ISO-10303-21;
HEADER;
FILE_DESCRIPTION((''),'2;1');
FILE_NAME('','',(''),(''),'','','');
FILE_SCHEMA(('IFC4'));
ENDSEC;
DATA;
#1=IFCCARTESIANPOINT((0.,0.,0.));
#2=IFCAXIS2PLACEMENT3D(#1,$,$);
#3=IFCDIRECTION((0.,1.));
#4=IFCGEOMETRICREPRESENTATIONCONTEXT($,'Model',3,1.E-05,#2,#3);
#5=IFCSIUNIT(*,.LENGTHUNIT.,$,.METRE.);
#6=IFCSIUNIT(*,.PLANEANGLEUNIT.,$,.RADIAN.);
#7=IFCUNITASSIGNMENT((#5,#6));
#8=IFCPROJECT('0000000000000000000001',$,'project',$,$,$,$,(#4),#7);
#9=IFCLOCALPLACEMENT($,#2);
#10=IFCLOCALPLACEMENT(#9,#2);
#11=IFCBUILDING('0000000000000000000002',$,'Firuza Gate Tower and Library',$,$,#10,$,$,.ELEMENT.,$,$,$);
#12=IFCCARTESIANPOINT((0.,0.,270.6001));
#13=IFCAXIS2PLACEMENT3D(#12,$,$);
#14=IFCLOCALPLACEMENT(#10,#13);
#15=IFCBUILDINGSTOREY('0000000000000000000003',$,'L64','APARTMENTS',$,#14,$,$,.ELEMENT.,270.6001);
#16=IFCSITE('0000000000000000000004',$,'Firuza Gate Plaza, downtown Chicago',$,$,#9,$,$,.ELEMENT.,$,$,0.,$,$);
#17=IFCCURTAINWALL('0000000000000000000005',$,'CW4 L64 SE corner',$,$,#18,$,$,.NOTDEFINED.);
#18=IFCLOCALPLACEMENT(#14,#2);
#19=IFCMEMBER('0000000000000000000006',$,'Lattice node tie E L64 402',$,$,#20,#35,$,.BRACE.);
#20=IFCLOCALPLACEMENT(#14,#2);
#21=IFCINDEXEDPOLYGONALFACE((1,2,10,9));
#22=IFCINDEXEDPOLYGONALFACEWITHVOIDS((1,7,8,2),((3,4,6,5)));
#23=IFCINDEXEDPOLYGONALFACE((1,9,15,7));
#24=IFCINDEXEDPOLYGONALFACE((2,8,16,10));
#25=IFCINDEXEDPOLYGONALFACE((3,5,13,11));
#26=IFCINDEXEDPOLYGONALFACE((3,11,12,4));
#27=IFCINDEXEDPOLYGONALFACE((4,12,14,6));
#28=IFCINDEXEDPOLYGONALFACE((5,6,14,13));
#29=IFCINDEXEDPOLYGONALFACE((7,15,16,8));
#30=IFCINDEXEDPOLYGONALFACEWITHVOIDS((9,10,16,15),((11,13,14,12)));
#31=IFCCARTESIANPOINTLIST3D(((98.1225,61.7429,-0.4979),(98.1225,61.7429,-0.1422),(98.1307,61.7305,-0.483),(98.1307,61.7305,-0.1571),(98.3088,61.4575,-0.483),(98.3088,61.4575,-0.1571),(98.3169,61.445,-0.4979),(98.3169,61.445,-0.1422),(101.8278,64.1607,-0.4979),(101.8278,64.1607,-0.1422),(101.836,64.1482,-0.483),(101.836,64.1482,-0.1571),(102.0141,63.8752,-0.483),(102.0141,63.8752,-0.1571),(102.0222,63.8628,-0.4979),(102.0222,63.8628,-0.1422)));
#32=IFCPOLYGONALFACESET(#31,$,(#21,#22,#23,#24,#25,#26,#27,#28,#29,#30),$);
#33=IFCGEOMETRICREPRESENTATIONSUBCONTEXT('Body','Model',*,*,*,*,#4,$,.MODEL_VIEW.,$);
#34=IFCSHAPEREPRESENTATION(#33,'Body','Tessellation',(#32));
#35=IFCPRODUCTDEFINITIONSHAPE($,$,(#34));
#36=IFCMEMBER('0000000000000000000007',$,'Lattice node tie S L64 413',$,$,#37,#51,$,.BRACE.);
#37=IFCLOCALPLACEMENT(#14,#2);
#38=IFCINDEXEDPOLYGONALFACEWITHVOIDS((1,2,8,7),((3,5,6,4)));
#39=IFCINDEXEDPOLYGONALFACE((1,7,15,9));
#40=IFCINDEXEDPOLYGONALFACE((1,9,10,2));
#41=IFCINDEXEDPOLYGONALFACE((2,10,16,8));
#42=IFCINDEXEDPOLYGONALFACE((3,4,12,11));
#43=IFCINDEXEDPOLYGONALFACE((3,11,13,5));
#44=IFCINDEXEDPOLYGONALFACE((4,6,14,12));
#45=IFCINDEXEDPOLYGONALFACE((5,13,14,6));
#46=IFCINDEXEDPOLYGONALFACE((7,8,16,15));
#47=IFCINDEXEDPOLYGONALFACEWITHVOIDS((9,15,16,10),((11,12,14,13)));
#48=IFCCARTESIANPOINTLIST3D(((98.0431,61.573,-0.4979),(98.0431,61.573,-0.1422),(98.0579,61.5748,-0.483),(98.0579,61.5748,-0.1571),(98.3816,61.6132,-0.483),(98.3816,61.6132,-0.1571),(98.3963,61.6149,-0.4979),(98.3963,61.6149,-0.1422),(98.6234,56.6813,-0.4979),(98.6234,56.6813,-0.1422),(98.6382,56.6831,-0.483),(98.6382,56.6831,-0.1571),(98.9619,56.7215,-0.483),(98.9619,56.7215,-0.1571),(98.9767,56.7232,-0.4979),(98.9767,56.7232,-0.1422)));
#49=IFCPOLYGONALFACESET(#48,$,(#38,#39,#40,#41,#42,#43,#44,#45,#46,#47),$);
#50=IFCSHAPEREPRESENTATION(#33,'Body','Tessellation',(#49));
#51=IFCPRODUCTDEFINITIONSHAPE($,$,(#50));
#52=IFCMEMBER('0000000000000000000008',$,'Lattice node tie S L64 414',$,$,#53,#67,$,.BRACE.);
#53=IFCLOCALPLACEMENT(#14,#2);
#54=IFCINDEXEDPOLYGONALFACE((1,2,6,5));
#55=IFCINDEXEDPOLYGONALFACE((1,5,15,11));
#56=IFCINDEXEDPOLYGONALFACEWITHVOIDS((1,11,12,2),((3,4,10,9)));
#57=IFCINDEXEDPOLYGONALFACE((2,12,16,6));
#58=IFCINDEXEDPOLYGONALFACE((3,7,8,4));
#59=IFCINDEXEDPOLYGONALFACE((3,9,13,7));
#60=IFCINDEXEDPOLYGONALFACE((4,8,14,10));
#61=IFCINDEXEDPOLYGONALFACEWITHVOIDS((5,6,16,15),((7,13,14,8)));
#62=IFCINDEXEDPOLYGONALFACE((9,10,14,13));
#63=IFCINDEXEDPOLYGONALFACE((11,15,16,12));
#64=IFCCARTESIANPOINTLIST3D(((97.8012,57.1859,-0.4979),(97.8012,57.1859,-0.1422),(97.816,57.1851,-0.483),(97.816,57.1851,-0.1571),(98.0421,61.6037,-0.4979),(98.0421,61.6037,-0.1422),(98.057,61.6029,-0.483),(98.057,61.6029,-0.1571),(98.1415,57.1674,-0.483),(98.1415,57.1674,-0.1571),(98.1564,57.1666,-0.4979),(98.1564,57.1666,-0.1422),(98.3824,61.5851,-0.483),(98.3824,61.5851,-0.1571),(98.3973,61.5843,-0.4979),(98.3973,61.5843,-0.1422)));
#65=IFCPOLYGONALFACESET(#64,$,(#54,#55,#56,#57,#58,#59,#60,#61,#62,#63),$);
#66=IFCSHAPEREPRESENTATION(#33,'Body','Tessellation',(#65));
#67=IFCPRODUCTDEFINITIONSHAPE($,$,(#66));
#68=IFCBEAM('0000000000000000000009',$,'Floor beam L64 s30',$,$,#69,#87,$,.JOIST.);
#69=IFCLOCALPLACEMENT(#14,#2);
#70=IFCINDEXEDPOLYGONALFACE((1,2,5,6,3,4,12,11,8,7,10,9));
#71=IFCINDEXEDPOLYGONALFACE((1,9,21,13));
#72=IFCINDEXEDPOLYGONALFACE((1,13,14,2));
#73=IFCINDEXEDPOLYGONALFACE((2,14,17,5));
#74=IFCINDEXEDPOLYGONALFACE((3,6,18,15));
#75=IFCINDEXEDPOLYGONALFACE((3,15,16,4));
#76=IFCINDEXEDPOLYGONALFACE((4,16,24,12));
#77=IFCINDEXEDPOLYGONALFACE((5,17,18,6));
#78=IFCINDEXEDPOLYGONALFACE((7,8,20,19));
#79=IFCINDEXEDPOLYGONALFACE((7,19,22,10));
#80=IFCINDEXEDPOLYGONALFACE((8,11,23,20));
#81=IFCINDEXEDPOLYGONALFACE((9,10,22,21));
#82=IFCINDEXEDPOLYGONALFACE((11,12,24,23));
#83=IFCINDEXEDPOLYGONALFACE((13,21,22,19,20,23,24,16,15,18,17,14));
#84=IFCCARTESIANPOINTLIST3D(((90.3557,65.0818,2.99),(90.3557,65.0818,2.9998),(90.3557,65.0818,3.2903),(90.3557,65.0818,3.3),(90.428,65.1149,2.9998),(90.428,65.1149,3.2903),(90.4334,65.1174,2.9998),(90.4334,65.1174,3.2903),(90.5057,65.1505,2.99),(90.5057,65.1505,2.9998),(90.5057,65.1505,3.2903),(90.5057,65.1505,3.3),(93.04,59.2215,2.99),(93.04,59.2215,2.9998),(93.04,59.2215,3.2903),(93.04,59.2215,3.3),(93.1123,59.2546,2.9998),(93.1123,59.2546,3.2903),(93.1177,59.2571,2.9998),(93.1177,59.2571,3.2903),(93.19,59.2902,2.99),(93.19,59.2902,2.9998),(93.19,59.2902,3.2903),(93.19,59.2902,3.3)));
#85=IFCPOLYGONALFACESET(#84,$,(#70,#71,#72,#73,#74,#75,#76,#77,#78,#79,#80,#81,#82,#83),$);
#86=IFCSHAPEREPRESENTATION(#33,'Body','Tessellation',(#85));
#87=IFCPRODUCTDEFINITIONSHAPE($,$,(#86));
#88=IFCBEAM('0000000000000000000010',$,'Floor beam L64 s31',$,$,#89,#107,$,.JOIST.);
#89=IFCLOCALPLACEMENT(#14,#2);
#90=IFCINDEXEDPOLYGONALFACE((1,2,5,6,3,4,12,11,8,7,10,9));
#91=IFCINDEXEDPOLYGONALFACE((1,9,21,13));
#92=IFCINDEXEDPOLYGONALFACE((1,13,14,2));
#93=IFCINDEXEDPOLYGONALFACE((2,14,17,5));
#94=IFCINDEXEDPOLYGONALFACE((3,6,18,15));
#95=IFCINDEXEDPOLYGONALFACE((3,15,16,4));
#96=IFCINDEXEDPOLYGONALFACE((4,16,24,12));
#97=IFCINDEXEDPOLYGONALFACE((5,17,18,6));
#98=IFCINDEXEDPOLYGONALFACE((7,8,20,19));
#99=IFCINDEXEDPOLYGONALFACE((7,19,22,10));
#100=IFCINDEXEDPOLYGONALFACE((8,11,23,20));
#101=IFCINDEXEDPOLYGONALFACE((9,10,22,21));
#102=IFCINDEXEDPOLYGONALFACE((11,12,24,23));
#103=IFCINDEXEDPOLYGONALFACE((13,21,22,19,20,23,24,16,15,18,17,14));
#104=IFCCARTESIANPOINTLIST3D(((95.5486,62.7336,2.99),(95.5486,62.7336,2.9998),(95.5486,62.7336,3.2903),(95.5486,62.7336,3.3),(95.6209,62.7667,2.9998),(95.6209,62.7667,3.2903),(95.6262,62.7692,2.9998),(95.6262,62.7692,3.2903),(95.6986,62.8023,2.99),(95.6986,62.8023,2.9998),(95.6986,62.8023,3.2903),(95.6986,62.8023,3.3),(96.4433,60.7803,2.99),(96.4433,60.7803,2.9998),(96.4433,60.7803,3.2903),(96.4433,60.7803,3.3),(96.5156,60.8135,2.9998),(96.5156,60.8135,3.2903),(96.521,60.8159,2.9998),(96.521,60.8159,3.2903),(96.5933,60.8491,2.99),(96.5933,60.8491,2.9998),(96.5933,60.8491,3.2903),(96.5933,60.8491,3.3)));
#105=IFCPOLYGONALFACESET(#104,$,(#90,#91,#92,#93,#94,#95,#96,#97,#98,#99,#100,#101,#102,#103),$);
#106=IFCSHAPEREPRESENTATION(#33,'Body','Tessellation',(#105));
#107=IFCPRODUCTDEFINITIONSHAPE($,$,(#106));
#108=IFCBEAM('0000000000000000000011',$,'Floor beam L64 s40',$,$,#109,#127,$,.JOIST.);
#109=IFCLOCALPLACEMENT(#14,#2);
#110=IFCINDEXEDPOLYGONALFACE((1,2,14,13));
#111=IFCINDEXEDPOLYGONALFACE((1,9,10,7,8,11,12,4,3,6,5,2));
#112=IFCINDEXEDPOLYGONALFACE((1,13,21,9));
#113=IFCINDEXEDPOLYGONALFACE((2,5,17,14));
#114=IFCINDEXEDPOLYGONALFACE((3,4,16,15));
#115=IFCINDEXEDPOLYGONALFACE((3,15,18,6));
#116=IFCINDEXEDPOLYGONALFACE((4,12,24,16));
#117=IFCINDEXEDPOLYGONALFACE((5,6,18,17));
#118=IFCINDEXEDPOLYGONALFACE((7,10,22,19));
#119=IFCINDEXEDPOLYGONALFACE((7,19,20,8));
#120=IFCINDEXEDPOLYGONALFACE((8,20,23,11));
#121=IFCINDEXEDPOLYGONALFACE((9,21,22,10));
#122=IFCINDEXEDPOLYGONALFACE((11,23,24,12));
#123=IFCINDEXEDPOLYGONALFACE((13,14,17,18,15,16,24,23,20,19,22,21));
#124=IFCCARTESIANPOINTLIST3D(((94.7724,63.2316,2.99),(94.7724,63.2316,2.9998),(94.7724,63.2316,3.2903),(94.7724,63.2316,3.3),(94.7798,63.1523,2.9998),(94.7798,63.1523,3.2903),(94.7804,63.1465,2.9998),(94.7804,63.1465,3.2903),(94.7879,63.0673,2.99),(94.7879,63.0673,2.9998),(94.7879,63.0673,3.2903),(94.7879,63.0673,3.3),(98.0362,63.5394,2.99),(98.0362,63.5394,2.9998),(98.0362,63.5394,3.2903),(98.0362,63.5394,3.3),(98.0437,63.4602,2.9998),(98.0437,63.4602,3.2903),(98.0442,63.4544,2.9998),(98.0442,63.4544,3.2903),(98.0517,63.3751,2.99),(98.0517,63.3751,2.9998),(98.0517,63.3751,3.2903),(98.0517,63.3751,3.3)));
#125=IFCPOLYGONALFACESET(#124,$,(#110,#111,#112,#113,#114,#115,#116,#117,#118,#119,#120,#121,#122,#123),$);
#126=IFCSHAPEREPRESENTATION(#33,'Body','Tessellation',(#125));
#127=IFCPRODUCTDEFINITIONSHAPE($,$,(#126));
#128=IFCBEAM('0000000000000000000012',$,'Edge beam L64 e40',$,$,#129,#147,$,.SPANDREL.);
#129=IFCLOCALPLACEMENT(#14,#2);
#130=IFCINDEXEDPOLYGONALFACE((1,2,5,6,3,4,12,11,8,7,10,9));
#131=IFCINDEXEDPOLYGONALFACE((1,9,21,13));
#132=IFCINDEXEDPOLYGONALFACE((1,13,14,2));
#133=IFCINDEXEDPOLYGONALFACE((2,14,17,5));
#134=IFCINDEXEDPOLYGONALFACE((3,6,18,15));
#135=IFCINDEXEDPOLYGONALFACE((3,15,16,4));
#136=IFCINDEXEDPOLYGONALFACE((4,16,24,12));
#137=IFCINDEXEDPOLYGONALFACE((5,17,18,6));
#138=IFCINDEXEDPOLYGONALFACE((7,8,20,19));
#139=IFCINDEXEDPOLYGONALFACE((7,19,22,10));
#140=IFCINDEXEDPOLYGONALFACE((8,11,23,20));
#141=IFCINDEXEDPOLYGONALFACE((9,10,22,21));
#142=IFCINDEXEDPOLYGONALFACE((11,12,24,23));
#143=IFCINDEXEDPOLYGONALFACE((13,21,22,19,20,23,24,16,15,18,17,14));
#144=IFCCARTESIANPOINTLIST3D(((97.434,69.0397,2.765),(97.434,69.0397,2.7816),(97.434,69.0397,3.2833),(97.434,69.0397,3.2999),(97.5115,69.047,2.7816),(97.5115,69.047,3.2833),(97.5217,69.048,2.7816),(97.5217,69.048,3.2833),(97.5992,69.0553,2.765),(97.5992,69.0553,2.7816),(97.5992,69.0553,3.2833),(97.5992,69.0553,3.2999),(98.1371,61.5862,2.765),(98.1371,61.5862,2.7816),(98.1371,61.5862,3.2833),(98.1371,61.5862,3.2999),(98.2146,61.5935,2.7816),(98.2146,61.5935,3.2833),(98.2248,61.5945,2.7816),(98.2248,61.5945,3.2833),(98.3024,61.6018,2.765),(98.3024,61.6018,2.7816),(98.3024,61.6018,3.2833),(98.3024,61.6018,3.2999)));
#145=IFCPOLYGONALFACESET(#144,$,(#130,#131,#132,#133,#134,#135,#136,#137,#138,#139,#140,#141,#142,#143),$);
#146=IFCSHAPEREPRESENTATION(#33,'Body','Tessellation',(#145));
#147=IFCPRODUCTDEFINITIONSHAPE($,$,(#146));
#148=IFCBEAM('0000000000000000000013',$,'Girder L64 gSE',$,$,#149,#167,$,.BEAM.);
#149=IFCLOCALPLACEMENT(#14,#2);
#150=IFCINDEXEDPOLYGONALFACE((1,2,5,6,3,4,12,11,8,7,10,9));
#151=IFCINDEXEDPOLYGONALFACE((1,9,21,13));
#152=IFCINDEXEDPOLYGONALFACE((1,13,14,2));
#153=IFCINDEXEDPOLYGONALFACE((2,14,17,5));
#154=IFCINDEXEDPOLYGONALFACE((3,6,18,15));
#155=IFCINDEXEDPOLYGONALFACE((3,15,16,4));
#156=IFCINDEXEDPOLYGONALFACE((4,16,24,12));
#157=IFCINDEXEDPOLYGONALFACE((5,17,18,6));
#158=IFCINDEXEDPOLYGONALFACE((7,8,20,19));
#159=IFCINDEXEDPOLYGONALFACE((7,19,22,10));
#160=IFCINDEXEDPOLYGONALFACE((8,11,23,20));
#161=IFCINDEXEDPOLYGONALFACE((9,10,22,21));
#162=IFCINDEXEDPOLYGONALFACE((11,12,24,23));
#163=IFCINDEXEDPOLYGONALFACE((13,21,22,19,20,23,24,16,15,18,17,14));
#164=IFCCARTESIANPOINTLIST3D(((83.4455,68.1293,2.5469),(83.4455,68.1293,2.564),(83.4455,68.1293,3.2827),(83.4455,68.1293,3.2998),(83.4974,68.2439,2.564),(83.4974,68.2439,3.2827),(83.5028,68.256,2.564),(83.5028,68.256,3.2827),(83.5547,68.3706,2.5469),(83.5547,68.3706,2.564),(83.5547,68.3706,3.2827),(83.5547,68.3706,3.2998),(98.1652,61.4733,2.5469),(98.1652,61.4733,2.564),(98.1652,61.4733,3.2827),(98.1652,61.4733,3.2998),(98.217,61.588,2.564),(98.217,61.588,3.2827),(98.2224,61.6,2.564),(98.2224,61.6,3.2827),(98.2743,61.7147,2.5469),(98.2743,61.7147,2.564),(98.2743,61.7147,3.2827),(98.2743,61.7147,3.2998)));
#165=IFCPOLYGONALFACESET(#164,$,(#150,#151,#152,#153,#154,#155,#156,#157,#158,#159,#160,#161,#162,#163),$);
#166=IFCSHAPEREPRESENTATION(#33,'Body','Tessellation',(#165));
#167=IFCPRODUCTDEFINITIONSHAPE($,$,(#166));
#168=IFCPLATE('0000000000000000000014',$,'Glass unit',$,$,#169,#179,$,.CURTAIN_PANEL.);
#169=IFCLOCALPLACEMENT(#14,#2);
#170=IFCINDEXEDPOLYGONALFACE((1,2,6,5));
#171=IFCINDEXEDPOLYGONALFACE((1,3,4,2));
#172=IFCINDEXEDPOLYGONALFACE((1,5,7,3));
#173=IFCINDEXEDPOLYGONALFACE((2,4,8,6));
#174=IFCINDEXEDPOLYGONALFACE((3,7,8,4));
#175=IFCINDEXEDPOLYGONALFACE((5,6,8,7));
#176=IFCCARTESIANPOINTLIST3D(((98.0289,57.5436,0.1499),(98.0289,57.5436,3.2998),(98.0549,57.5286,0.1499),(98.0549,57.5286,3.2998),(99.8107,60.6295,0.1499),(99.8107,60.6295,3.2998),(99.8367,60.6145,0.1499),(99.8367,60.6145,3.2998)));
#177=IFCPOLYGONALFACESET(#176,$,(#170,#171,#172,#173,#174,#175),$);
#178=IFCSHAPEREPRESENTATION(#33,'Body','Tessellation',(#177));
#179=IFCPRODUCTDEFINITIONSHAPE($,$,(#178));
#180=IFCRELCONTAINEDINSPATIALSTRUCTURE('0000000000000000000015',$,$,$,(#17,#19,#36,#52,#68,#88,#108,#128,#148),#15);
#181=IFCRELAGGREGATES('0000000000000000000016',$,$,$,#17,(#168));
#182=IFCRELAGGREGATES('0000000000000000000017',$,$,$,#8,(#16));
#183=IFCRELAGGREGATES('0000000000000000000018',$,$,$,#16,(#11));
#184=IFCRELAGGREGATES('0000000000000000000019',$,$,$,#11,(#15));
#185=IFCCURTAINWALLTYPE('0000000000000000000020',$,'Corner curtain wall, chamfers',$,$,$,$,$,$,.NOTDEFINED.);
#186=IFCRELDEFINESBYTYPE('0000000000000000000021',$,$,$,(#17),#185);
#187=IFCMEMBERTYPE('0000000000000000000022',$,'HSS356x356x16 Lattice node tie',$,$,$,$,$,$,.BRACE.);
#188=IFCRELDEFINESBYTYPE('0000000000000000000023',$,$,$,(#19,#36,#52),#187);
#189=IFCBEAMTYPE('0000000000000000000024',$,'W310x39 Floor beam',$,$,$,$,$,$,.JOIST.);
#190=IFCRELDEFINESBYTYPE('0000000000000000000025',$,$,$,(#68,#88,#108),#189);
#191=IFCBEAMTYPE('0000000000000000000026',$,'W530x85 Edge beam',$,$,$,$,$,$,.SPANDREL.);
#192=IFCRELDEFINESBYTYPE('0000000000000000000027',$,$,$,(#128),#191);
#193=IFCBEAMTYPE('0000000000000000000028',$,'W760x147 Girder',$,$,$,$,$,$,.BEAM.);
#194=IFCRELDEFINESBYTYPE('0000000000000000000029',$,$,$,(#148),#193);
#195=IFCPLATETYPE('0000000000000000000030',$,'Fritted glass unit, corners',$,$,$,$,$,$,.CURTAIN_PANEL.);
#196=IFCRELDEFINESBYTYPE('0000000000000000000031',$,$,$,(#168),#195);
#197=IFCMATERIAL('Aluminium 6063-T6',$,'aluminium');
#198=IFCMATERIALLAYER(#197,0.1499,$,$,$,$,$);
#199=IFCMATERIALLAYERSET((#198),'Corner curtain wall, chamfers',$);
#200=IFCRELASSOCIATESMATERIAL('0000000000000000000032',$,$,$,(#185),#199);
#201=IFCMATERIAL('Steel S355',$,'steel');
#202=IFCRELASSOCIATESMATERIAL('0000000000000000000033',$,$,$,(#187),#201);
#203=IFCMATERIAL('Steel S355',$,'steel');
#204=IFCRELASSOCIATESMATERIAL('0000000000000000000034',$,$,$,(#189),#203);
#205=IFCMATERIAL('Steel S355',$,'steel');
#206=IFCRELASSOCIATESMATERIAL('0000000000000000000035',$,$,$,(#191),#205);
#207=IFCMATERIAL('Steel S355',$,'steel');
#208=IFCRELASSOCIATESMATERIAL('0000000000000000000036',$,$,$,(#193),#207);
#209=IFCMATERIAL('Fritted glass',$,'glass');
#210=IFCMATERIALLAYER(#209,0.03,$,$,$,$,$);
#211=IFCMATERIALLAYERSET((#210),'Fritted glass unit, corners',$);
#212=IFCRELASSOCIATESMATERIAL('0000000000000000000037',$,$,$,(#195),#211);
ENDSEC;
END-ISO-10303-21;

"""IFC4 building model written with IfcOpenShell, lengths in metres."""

from ifc_helpers import new_model, si_unit, direction, frame, origin, origin_2d, place, context, subcontext, project, spatial, polyline, hollow_rectangle, i_section, outline, extrude, material, layer, layer_set, material_profile, profile_set, type_object, element, aggregate, save


model = new_model("IFC4")

# Units and contexts
model_context = context("Model", 3, precision=1e-05, world=origin(), true_north=direction((0.0, 1.0)))
body_context = subcontext(model_context, "Body", "Model", "MODEL_VIEW")
ifc_project = project(units=[si_unit("LENGTHUNIT", "METRE"), si_unit("PLANEANGLEUNIT", "RADIAN")], contexts=[model_context])

# Site, building, storey
site_placement = place(None, origin())
site = spatial("IfcSite", under=ifc_project, at=site_placement, Name="Firuza Gate Plaza, downtown Chicago", CompositionType="ELEMENT", RefElevation=0.0)
building_placement = place(site_placement, origin())
building = spatial("IfcBuilding", under=site, at=building_placement, Name="Firuza Gate Tower and Library", CompositionType="ELEMENT")
storey_placement = place(building_placement, frame((0.0, 0.0, 270.6001)))
storey = spatial("IfcBuildingStorey", under=building, at=storey_placement, Name="L64", Description="APARTMENTS", CompositionType="ELEMENT", Elevation=270.6001)

# Curtain wall
placement = place(storey_placement, origin())
ifc_material_1 = material(Name="Aluminium 6063-T6", Category="aluminium")
ifc_layer_1 = layer(ifc_material_1, 0.1499)
ifc_layer_set_1 = layer_set([ifc_layer_1], Name="Corner curtain wall, chamfers")
curtain_wall_type_1 = type_object("IfcCurtainWallType", Name="Corner curtain wall, chamfers", PredefinedType="NOTDEFINED", material=ifc_layer_set_1)
curtain_wall_1 = element("IfcCurtainWall", 1, at=placement, inside=storey, type_object=curtain_wall_type_1, Name="CW4 L64 SE corner", PredefinedType="NOTDEFINED")

# Members
ifc_material_2 = material(Name="Steel S355", Category="steel")
ifc_material_profile_1 = material_profile(ifc_material_2, hollow_rectangle(XDim=0.3557, YDim=0.3557, WallThickness=0.0149, at=origin_2d()))
ifc_profile_set_1 = profile_set([ifc_material_profile_1], Name="Steel S355")
member_type_1 = type_object("IfcMemberType", Name="HSS356x356x16 Lattice node tie", PredefinedType="BRACE", material=ifc_profile_set_1)
member_1_placement = place(storey_placement, frame((98.2197, 61.594, -0.3201), z_axis=(0.837485, 0.54646, 0.0), x_axis=(-0.54646, 0.837485, 0.0)))
element("IfcMember", 2, at=member_1_placement, inside=storey, type_object=member_type_1, Name="Lattice node tie E L64 402", PredefinedType="BRACE", context=body_context, shape_type="SweptSolid", body=[
    extrude(hollow_rectangle(XDim=0.3557, YDim=0.3557, WallThickness=0.0149, at=origin_2d()), origin(), (0.0, 0.0, 1.0), 4.4243),
])
member_2_placement = place(storey_placement, frame((98.2197, 61.594, -0.3201), z_axis=(0.117804, -0.993037, 0.0), x_axis=(0.993037, 0.117804, 0.0)))
element("IfcMember", 3, at=member_2_placement, inside=storey, type_object=member_type_1, Name="Lattice node tie S L64 413", PredefinedType="BRACE", context=body_context, shape_type="SweptSolid", body=[
    extrude(hollow_rectangle(XDim=0.3557, YDim=0.3557, WallThickness=0.0149, at=origin_2d()), origin(), (0.0, 0.0, 1.0), 4.926),
])
member_3_placement = place(storey_placement, frame((98.2197, 61.594, -0.3201), z_axis=(-0.054464, -0.998516, 0.0), x_axis=(0.998516, -0.054464, 0.0)))
element("IfcMember", 4, at=member_3_placement, inside=storey, type_object=member_type_1, Name="Lattice node tie S L64 414", PredefinedType="BRACE", context=body_context, shape_type="SweptSolid", body=[
    extrude(hollow_rectangle(XDim=0.3557, YDim=0.3557, WallThickness=0.0149, at=origin_2d()), origin(), (0.0, 0.0, 1.0), 4.4243),
])

# Beams
ifc_material_3 = material(Name="Steel S355", Category="steel")
ifc_material_profile_2 = material_profile(ifc_material_3, i_section(OverallWidth=0.165, OverallDepth=0.3101, WebThickness=0.0059, FlangeThickness=0.0098, at=origin_2d()))
ifc_profile_set_2 = profile_set([ifc_material_profile_2], Name="Steel S355")
beam_type_1 = type_object("IfcBeamType", Name="W310x39 Floor beam", PredefinedType="JOIST", material=ifc_profile_set_2)
beam_1_placement = place(storey_placement, frame((93.115, 59.2559, 3.145), z_axis=(-0.416441, 0.909163, 0.0), x_axis=(-0.909163, -0.416441, 0.0)))
element("IfcBeam", 5, at=beam_1_placement, inside=storey, type_object=beam_type_1, Name="Floor beam L64 s30", PredefinedType="JOIST", context=body_context, shape_type="SweptSolid", body=[
    extrude(i_section(OverallWidth=0.165, OverallDepth=0.3101, WebThickness=0.0059, FlangeThickness=0.0098, at=origin_2d()), origin(), (0.0, 0.0, 1.0), 6.4458),
])
beam_2_placement = place(storey_placement, frame((96.5183, 60.8147, 3.145), z_axis=(-0.416455, 0.909156, 0.0), x_axis=(-0.909156, -0.416455, 0.0)))
element("IfcBeam", 6, at=beam_2_placement, inside=storey, type_object=beam_type_1, Name="Floor beam L64 s31", PredefinedType="JOIST", context=body_context, shape_type="SweptSolid", body=[
    extrude(i_section(OverallWidth=0.165, OverallDepth=0.3101, WebThickness=0.0059, FlangeThickness=0.0098, at=origin_2d()), origin(), (0.0, 0.0, 1.0), 2.1484),
])
beam_3_placement = place(storey_placement, frame((98.0439, 63.4573, 3.145), z_axis=(-0.995581, -0.093906, 0.0), x_axis=(0.093906, -0.995581, 0.0)))
element("IfcBeam", 7, at=beam_3_placement, inside=storey, type_object=beam_type_1, Name="Floor beam L64 s40", PredefinedType="JOIST", context=body_context, shape_type="SweptSolid", body=[
    extrude(i_section(OverallWidth=0.165, OverallDepth=0.3101, WebThickness=0.0059, FlangeThickness=0.0098, at=origin_2d()), origin(), (0.0, 0.0, 1.0), 3.2783),
])
ifc_material_4 = material(Name="Steel S355", Category="steel")
ifc_material_profile_3 = material_profile(ifc_material_4, i_section(OverallWidth=0.166, OverallDepth=0.5349, WebThickness=0.0103, FlangeThickness=0.0166, at=origin_2d()))
ifc_profile_set_3 = profile_set([ifc_material_profile_3], Name="Steel S355")
beam_type_2 = type_object("IfcBeamType", Name="W530x85 Edge beam", PredefinedType="SPANDREL", material=ifc_profile_set_3)
beam_4_placement = place(storey_placement, frame((98.2197, 61.594, 3.0325), z_axis=(-0.09392, 0.99558, 0.0), x_axis=(-0.99558, -0.09392, 0.0)))
element("IfcBeam", 8, at=beam_4_placement, inside=storey, type_object=beam_type_2, Name="Edge beam L64 e40", PredefinedType="SPANDREL", context=body_context, shape_type="SweptSolid", body=[
    extrude(i_section(OverallWidth=0.166, OverallDepth=0.5349, WebThickness=0.0103, FlangeThickness=0.0166, at=origin_2d()), origin(), (0.0, 0.0, 1.0), 7.4866),
])
ifc_material_5 = material(Name="Steel S355", Category="steel")
ifc_material_profile_4 = material_profile(ifc_material_5, i_section(OverallWidth=0.2649, OverallDepth=0.7529, WebThickness=0.0132, FlangeThickness=0.0171, at=origin_2d()))
ifc_profile_set_4 = profile_set([ifc_material_profile_4], Name="Steel S355")
beam_type_3 = type_object("IfcBeamType", Name="W760x147 Girder", PredefinedType="BEAM", material=ifc_profile_set_4)
beam_5_placement = place(storey_placement, frame((98.2197, 61.594, 2.9233), z_axis=(-0.911176, 0.412018, 0.0), x_axis=(-0.412018, -0.911176, 0.0)))
element("IfcBeam", 9, at=beam_5_placement, inside=storey, type_object=beam_type_3, Name="Girder L64 gSE", PredefinedType="BEAM", context=body_context, shape_type="SweptSolid", body=[
    extrude(i_section(OverallWidth=0.2649, OverallDepth=0.7529, WebThickness=0.0132, FlangeThickness=0.0171, at=origin_2d()), origin(), (0.0, 0.0, 1.0), 16.1545),
])

# Plate
ifc_material_6 = material(Name="Fritted glass", Category="glass")
ifc_layer_2 = layer(ifc_material_6, 0.03)
ifc_layer_set_2 = layer_set([ifc_layer_2], Name="Fritted glass unit, corners")
plate_type_1 = type_object("IfcPlateType", Name="Fritted glass unit, corners", PredefinedType="CURTAIN_PANEL", material=ifc_layer_set_2)
plate_1_placement = place(storey_placement, frame((98.0549, 57.5286, 0.1499), z_axis=(0.866017, -0.500015, 0.0), x_axis=(0.500015, 0.866017, 0.0)))
plate_1 = element("IfcPlate", 10, at=plate_1_placement, type_object=plate_type_1, Name="Glass unit", PredefinedType="CURTAIN_PANEL", context=body_context, shape_type="SweptSolid", body=[
    extrude(outline(polyline([(0.0, 0.0), (3.5634, 0.0), (3.5634, 3.1499), (0.0, 3.1499), (0.0, 0.0)])), origin(), (0.0, 0.0, -1.0), 0.03),
])
aggregate(curtain_wall_1, [plate_1])

save(model, "model.ifc")
